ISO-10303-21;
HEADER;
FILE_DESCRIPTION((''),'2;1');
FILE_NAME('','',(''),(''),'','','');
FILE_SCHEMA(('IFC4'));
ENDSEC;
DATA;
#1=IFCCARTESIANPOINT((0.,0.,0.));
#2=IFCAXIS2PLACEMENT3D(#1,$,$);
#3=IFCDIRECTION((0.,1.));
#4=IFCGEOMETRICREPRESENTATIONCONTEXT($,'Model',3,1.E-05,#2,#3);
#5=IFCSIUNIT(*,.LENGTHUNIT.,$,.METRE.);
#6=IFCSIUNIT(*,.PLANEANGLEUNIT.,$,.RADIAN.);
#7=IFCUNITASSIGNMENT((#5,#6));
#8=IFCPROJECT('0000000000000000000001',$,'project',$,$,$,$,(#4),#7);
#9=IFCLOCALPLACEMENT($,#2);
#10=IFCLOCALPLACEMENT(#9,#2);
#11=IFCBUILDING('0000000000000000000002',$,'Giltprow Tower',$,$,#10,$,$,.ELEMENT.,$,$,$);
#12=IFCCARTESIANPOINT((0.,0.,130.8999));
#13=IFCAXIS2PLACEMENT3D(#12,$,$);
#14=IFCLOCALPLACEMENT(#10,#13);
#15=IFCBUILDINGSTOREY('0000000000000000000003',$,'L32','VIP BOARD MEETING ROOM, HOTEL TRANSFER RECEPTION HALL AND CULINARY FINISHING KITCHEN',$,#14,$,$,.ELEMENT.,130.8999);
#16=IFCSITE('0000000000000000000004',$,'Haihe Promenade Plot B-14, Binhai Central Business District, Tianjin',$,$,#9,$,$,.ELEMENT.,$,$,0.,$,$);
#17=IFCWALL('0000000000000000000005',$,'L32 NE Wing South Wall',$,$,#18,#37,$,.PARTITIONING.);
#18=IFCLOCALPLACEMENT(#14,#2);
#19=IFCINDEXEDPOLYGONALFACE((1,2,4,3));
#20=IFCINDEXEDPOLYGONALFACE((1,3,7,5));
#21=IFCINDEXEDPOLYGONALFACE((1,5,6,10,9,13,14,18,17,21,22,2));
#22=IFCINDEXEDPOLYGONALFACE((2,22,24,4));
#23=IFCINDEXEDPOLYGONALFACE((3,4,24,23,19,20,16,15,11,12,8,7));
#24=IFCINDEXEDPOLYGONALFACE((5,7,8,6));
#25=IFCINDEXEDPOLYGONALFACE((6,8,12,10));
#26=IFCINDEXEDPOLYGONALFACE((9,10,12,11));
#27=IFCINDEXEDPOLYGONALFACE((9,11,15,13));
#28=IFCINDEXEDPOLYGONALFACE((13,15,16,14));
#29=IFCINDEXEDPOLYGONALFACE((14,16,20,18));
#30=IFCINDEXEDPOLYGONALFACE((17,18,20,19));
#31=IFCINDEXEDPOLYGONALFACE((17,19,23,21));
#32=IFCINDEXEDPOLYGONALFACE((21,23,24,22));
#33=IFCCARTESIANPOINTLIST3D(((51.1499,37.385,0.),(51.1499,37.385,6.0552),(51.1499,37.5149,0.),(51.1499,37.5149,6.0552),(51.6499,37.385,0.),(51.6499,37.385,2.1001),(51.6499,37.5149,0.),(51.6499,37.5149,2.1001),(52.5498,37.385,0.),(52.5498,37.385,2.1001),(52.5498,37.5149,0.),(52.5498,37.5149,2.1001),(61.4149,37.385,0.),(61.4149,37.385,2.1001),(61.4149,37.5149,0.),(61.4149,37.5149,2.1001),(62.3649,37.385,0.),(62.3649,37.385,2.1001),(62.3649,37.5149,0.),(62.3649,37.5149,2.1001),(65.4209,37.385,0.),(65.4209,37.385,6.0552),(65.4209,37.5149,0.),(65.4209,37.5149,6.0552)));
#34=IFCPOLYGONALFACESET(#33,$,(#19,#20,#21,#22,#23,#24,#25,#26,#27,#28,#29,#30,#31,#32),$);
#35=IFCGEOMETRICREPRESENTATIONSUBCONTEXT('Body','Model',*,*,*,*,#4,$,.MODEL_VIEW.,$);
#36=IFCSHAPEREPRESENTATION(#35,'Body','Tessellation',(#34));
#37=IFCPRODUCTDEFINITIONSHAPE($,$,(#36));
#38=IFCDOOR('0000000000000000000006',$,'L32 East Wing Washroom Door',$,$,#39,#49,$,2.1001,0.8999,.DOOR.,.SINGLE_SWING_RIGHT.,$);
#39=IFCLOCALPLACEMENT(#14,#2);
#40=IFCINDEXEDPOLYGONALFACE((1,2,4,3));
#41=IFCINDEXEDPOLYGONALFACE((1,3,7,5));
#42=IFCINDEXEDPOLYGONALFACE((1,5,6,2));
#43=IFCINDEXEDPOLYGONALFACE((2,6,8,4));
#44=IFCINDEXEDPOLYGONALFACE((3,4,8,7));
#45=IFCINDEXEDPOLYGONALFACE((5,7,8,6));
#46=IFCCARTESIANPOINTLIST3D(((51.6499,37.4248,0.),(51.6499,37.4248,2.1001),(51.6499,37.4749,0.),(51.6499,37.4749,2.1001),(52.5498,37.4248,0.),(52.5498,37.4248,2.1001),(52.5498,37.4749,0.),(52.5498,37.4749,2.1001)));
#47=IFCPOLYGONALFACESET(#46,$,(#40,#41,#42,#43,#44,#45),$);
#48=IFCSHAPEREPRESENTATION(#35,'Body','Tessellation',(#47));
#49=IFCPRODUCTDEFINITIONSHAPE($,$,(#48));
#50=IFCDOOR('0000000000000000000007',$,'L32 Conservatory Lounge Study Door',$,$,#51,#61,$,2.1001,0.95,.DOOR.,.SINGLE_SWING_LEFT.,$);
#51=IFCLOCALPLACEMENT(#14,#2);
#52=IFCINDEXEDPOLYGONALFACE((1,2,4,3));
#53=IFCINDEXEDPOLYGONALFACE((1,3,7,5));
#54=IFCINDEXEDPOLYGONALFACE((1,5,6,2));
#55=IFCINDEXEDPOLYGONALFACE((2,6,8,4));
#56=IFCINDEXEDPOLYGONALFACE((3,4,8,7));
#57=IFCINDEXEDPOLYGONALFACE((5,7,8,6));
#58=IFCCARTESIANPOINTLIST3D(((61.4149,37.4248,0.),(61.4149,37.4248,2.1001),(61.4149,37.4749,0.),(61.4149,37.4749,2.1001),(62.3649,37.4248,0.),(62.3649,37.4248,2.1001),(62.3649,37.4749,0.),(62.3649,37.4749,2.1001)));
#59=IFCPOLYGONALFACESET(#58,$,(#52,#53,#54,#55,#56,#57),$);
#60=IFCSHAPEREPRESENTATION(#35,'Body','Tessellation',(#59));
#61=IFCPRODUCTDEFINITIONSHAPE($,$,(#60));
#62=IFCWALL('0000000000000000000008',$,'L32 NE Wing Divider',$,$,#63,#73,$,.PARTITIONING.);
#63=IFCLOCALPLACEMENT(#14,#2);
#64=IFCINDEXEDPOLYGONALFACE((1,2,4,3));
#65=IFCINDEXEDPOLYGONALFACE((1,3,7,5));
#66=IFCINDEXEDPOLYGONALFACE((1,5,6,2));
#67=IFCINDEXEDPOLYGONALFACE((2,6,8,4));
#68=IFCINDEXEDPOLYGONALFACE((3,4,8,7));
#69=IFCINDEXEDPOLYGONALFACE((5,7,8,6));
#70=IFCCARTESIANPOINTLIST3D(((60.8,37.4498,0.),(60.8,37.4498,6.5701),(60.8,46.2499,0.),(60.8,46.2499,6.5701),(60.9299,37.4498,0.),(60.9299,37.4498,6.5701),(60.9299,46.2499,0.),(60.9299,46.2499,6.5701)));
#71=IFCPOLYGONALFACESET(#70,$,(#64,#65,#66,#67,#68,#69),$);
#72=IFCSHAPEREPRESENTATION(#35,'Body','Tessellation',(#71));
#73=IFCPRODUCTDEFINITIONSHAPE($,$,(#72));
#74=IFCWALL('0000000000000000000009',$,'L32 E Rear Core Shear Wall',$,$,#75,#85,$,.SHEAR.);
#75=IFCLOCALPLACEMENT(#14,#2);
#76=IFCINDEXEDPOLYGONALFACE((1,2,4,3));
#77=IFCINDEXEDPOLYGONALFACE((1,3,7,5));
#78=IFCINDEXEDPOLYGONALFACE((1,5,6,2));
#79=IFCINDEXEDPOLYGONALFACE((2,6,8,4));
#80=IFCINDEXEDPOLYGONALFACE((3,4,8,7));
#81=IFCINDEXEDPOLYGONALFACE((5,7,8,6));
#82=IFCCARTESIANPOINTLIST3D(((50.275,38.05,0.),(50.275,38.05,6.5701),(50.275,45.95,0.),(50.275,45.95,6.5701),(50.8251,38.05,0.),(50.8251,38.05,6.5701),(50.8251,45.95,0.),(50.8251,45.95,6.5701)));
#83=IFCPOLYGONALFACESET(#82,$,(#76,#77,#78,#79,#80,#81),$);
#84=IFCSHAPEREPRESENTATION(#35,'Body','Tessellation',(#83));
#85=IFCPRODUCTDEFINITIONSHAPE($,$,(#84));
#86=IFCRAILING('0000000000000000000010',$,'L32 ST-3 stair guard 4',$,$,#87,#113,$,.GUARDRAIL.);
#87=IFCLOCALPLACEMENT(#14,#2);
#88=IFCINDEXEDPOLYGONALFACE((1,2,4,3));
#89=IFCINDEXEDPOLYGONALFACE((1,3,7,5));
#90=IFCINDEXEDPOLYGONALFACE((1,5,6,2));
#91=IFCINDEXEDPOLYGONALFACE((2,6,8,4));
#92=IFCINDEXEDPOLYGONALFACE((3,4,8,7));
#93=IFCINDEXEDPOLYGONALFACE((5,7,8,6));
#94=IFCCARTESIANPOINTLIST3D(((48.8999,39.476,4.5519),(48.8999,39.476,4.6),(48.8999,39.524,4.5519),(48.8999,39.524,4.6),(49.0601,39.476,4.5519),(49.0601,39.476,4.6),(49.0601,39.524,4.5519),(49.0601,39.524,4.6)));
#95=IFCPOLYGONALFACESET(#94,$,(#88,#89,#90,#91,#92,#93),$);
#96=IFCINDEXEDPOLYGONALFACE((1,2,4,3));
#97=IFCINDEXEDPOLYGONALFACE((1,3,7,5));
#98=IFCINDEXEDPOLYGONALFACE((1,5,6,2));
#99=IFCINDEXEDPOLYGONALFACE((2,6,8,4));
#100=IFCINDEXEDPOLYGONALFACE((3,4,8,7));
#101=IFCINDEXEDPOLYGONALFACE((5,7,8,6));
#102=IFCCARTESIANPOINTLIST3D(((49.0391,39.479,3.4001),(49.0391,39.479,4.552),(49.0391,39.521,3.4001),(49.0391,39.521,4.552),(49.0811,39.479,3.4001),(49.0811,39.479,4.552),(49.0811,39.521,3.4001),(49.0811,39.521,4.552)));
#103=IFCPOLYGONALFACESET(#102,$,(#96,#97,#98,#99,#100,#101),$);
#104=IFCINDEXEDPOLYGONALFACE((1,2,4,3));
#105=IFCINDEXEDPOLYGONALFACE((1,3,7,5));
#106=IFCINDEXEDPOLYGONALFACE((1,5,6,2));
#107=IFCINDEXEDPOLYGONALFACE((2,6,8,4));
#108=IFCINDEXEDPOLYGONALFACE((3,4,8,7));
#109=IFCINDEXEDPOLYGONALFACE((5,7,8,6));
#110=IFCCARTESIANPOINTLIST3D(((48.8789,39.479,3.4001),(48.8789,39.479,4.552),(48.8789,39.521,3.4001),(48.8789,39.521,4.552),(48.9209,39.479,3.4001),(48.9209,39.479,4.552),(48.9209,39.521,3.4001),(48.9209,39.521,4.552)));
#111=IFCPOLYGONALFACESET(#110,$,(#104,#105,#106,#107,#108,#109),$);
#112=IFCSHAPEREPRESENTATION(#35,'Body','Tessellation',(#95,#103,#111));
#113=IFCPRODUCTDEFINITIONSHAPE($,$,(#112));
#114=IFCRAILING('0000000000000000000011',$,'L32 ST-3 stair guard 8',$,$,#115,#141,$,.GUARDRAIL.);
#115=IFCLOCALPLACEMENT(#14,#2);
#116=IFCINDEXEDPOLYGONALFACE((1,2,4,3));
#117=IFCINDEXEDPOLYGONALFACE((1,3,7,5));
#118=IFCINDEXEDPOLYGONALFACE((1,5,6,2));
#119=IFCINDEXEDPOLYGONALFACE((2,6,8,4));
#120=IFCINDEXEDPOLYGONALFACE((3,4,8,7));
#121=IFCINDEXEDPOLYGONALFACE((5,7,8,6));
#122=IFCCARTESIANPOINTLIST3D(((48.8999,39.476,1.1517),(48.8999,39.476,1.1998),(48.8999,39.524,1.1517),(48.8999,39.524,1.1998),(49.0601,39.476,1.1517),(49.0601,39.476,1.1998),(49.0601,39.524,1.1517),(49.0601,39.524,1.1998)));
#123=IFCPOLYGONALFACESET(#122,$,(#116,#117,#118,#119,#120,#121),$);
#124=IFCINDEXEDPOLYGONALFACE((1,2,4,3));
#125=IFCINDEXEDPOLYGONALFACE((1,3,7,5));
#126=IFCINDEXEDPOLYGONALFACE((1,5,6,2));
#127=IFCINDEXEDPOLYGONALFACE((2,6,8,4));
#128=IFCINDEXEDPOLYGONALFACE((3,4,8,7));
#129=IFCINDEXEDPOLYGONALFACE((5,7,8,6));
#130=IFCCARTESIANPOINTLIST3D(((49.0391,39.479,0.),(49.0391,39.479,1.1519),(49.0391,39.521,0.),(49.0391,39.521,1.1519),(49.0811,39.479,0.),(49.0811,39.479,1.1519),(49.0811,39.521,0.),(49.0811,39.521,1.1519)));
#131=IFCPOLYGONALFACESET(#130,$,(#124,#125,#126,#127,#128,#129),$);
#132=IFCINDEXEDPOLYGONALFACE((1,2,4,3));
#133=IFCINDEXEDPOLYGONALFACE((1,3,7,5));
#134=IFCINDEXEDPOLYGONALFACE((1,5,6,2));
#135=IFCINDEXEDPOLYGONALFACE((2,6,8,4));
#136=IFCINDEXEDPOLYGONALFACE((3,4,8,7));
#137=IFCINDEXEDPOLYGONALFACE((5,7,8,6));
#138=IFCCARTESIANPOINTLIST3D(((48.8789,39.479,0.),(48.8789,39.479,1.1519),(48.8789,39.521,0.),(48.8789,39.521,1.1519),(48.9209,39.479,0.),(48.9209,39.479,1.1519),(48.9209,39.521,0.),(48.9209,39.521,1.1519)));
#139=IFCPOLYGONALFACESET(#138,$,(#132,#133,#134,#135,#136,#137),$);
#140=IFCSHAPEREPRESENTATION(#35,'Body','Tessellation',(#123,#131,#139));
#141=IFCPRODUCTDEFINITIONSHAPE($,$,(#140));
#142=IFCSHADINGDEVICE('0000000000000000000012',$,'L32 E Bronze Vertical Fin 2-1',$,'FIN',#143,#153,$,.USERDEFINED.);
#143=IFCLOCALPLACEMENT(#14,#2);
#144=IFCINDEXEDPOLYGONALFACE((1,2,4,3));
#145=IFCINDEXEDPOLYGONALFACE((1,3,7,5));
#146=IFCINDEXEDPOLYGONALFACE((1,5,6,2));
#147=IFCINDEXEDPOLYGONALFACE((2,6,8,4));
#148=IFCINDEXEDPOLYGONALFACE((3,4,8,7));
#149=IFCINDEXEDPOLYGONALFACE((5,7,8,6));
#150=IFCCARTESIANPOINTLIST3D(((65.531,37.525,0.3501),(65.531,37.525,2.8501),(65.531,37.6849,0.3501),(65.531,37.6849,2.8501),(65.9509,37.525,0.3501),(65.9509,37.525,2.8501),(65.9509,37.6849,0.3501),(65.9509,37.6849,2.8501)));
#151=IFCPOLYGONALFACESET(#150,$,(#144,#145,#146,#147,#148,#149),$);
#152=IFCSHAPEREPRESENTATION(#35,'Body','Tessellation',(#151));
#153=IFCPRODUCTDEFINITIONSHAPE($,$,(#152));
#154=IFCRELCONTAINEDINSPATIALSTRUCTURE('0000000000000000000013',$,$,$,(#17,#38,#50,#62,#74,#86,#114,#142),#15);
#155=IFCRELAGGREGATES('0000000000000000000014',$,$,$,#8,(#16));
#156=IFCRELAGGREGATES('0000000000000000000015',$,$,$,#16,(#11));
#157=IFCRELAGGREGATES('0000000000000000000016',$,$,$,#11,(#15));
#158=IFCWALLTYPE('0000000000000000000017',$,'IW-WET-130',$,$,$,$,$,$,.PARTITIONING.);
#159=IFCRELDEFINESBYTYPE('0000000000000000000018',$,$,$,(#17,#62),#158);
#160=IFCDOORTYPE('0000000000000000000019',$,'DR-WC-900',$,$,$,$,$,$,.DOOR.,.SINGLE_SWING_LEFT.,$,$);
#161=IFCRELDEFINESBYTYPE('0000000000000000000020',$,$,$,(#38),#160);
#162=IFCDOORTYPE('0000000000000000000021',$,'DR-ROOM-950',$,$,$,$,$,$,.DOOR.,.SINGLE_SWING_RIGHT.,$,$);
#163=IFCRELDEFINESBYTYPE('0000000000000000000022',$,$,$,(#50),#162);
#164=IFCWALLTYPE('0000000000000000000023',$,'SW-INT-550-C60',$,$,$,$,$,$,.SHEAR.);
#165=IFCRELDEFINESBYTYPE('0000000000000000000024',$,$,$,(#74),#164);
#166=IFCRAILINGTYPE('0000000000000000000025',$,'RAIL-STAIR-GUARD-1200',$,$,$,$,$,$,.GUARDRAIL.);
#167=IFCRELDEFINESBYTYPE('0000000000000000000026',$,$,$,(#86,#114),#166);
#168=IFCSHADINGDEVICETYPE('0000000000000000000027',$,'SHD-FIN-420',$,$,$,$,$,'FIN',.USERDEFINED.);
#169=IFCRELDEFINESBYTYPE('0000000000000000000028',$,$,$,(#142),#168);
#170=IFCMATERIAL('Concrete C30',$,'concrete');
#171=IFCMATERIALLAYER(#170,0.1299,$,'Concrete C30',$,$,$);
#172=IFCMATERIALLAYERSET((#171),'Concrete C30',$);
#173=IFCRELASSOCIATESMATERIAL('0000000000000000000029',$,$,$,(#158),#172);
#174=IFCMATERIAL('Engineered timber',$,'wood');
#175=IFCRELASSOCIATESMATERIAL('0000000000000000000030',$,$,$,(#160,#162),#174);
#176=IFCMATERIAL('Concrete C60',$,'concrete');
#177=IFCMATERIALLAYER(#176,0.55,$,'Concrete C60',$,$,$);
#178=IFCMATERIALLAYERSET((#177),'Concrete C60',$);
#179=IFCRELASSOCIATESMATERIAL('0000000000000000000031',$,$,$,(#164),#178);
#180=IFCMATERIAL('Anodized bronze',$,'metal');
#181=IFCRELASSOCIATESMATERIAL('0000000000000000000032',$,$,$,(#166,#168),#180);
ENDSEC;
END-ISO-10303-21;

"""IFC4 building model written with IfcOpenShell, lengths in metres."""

from ifc_helpers import new_model, si_unit, direction, frame, frame_2d, origin, origin_2d, place, context, subcontext, project, spatial, rectangle, extrude, source, transform, mapped, material, layer, layer_set, type_object, element, fill, save


model = new_model("IFC4")

# Units and contexts
model_context = context("Model", 3, precision=1e-05, world=origin(), true_north=direction((0.0, 1.0)))
body_context = subcontext(model_context, "Body", "Model", "MODEL_VIEW")
ifc_project = project(units=[si_unit("LENGTHUNIT", "METRE"), si_unit("PLANEANGLEUNIT", "RADIAN")], contexts=[model_context])

# Site, building, storey
site_placement = place(None, origin())
site = spatial("IfcSite", under=ifc_project, at=site_placement, Name="Haihe Promenade Plot B-14, Binhai Central Business District, Tianjin", CompositionType="ELEMENT", RefElevation=0.0)
building_placement = place(site_placement, origin())
building = spatial("IfcBuilding", under=site, at=building_placement, Name="Giltprow Tower", CompositionType="ELEMENT")
storey_placement = place(building_placement, frame((0.0, 0.0, 130.8999)))
storey = spatial("IfcBuildingStorey", under=building, at=storey_placement, Name="L32", Description="VIP BOARD MEETING ROOM, HOTEL TRANSFER RECEPTION HALL AND CULINARY FINISHING KITCHEN", CompositionType="ELEMENT", Elevation=130.8999)

# Shared definitions
ifc_material_1 = material(Name="Concrete C60", Category="concrete")

# Shared definitions
ifc_material_2 = material(Name="Anodized bronze", Category="metal")

# Wall, openings, doors
ifc_material_3 = material(Name="Concrete C30", Category="concrete")
ifc_layer_1 = layer(ifc_material_3, 0.1299, Name="Concrete C30")
ifc_layer_set_1 = layer_set([ifc_layer_1], Name="Concrete C30")
wall_type_1 = type_object("IfcWallType", Name="IW-WET-130", PredefinedType="PARTITIONING", material=ifc_layer_set_1)
wall_1_placement = place(storey_placement, frame((51.1499, 37.45, 0.0), z_axis=(0.0, 0.0, 1.0), x_axis=(1.0, 0.0, 0.0)))
wall_1 = element("IfcWall", 1, at=wall_1_placement, inside=storey, type_object=wall_type_1, Name="L32 NE Wing South Wall", PredefinedType="PARTITIONING", context=body_context, shape_type="SweptSolid", body=[
    extrude(rectangle(XDim=14.271, YDim=0.1299, at=frame_2d((7.1355, 0.0))), origin(), (0.0, 0.0, 1.0), 6.0552),
])
opening_1_placement = place(wall_1_placement, frame((0.5, 0.0, 0.0)))
opening_1 = element("IfcOpeningElement", 2, at=opening_1_placement, cuts=wall_1, PredefinedType="OPENING", context=body_context, shape_type="SweptSolid", body=[
    extrude(rectangle(XDim=0.8999, YDim=2.1001, at=frame_2d((0.45, 1.05))), frame((0.0, 0.075, 0.0), z_axis=(0.0, -1.0, 0.0), x_axis=(1.0, 0.0, 0.0)), (0.0, 0.0, 1.0), 0.1499),
])
opening_2_placement = place(wall_1_placement, frame((10.2649, 0.0, 0.0)))
opening_2 = element("IfcOpeningElement", 3, at=opening_2_placement, cuts=wall_1, PredefinedType="OPENING", context=body_context, shape_type="SweptSolid", body=[
    extrude(rectangle(XDim=0.95, YDim=2.1001, at=frame_2d((0.4751, 1.05))), frame((0.0, 0.075, 0.0), z_axis=(0.0, -1.0, 0.0), x_axis=(1.0, 0.0, 0.0)), (0.0, 0.0, 1.0), 0.1499),
])
ifc_material_4 = material(Name="Engineered timber", Category="wood")
door_type_1 = type_object("IfcDoorType", Name="DR-WC-900", OperationType="SINGLE_SWING_LEFT", PredefinedType="DOOR", material=ifc_material_4)
shared_shape_1 = source(origin(), body_context, "Body", "SweptSolid", [
    extrude(rectangle(XDim=0.8999, YDim=2.1001, at=frame_2d((0.45, 1.05))), frame((0.0, 0.0249, 0.0), z_axis=(0.0, -1.0, 0.0), x_axis=(1.0, 0.0, 0.0)), (0.0, 0.0, 1.0), 0.05),
])
door_1_placement = place(opening_1_placement, origin())
door_1 = element("IfcDoor", 4, at=door_1_placement, inside=storey, type_object=door_type_1, Name="L32 East Wing Washroom Door", OperationType="SINGLE_SWING_RIGHT", OverallHeight=2.1001, OverallWidth=0.8999, PredefinedType="DOOR", context=body_context, shape_type="MappedRepresentation", body=[
    mapped(shared_shape_1, transform((0.0, 0.0, 0.0), x_axis=(1.0, 0.0, 0.0), y_axis=(0.0, 1.0, 0.0), z_axis=(0.0, 0.0, 1.0), scale=1.0)),
])
fill(opening_1, door_1)
door_type_2 = type_object("IfcDoorType", Name="DR-ROOM-950", OperationType="SINGLE_SWING_RIGHT", PredefinedType="DOOR", material=ifc_material_4)
shared_shape_2 = source(origin(), body_context, "Body", "SweptSolid", [
    extrude(rectangle(XDim=0.95, YDim=2.1001, at=frame_2d((0.4751, 1.05))), frame((0.0, 0.0249, 0.0), z_axis=(0.0, -1.0, 0.0), x_axis=(1.0, 0.0, 0.0)), (0.0, 0.0, 1.0), 0.05),
])
door_2_placement = place(opening_2_placement, origin())
door_2 = element("IfcDoor", 5, at=door_2_placement, inside=storey, type_object=door_type_2, Name="L32 Conservatory Lounge Study Door", OperationType="SINGLE_SWING_LEFT", OverallHeight=2.1001, OverallWidth=0.95, PredefinedType="DOOR", context=body_context, shape_type="MappedRepresentation", body=[
    mapped(shared_shape_2, transform((0.0, 0.0, 0.0), x_axis=(1.0, 0.0, 0.0), y_axis=(0.0, 1.0, 0.0), z_axis=(0.0, 0.0, 1.0), scale=1.0)),
])
fill(opening_2, door_2)

# Walls
wall_2_placement = place(storey_placement, frame((60.865, 37.45, 0.0), z_axis=(0.0, 0.0, 1.0), x_axis=(0.0, 1.0, 0.0)))
element("IfcWall", 6, at=wall_2_placement, inside=storey, type_object=wall_type_1, Name="L32 NE Wing Divider", PredefinedType="PARTITIONING", context=body_context, shape_type="SweptSolid", body=[
    extrude(rectangle(XDim=8.8, YDim=0.1299, at=frame_2d((4.3999, 0.0))), origin(), (0.0, 0.0, 1.0), 6.5701),
])
ifc_layer_2 = layer(ifc_material_1, 0.55, Name="Concrete C60")
ifc_layer_set_2 = layer_set([ifc_layer_2], Name="Concrete C60")
wall_type_2 = type_object("IfcWallType", Name="SW-INT-550-C60", PredefinedType="SHEAR", material=ifc_layer_set_2)
wall_3_placement = place(storey_placement, frame((50.55, 38.05, 0.0), z_axis=(0.0, 0.0, 1.0), x_axis=(0.0, 1.0, 0.0)))
element("IfcWall", 7, at=wall_3_placement, inside=storey, type_object=wall_type_2, Name="L32 E Rear Core Shear Wall", PredefinedType="SHEAR", context=body_context, shape_type="SweptSolid", body=[
    extrude(rectangle(XDim=7.8999, YDim=0.55, at=frame_2d((3.95, 0.0))), origin(), (0.0, 0.0, 1.0), 6.5701),
])

# Railings
railing_type = type_object("IfcRailingType", Name="RAIL-STAIR-GUARD-1200", PredefinedType="GUARDRAIL", material=ifc_material_2)
for number, where, name in (
    (8, (49.0601, 39.5, 3.4001), "L32 ST-3 stair guard 4"),
    (9, (49.0601, 39.5, 0.0), "L32 ST-3 stair guard 8"),
):
    element("IfcRailing", number, at=place(storey_placement, frame(where)), inside=storey, type_object=railing_type, Name=name, PredefinedType="GUARDRAIL", context=body_context, shape_type="SweptSolid", body=[
        extrude(rectangle(XDim=0.0481, YDim=0.0481, at=origin_2d()), frame((0.0, 0.0, 1.1758), z_axis=(-1.0, 0.0, 0.0), x_axis=(0.0, -1.0, 0.0)), (0.0, 0.0, 1.0), 0.1602),
        extrude(rectangle(XDim=0.042, YDim=0.042, at=origin_2d()), origin(), (0.0, 0.0, 1.0), 1.1519),
        extrude(rectangle(XDim=0.042, YDim=0.042, at=origin_2d()), frame((-0.1602, 0.0, 0.0)), (0.0, 0.0, 1.0), 1.1519),
    ])

# Shading device
shading_device_type = type_object("IfcShadingDeviceType", Name="SHD-FIN-420", ElementType="FIN", PredefinedType="USERDEFINED", material=ifc_material_2)
shared_shape_3 = source(origin(), body_context, "Body", "SweptSolid", [
    extrude(rectangle(XDim=0.4199, YDim=0.1599, at=origin_2d()), origin(), (0.0, 0.0, 1.0), 2.5),
])
shading_device_placement = place(storey_placement, frame((65.741, 37.605, 0.3501), z_axis=(0.0, 0.0, 1.0), x_axis=(1.0, 0.0, 0.0)))
element("IfcShadingDevice", 10, at=shading_device_placement, inside=storey, type_object=shading_device_type, Name="L32 E Bronze Vertical Fin 2-1", ObjectType="FIN", PredefinedType="USERDEFINED", context=body_context, shape_type="MappedRepresentation", body=[
    mapped(shared_shape_3, transform((0.0, 0.0, 0.0), x_axis=(1.0, 0.0, 0.0), y_axis=(0.0, 1.0, 0.0), z_axis=(0.0, 0.0, 1.0), scale=1.0)),
])

save(model, "model.ifc")
